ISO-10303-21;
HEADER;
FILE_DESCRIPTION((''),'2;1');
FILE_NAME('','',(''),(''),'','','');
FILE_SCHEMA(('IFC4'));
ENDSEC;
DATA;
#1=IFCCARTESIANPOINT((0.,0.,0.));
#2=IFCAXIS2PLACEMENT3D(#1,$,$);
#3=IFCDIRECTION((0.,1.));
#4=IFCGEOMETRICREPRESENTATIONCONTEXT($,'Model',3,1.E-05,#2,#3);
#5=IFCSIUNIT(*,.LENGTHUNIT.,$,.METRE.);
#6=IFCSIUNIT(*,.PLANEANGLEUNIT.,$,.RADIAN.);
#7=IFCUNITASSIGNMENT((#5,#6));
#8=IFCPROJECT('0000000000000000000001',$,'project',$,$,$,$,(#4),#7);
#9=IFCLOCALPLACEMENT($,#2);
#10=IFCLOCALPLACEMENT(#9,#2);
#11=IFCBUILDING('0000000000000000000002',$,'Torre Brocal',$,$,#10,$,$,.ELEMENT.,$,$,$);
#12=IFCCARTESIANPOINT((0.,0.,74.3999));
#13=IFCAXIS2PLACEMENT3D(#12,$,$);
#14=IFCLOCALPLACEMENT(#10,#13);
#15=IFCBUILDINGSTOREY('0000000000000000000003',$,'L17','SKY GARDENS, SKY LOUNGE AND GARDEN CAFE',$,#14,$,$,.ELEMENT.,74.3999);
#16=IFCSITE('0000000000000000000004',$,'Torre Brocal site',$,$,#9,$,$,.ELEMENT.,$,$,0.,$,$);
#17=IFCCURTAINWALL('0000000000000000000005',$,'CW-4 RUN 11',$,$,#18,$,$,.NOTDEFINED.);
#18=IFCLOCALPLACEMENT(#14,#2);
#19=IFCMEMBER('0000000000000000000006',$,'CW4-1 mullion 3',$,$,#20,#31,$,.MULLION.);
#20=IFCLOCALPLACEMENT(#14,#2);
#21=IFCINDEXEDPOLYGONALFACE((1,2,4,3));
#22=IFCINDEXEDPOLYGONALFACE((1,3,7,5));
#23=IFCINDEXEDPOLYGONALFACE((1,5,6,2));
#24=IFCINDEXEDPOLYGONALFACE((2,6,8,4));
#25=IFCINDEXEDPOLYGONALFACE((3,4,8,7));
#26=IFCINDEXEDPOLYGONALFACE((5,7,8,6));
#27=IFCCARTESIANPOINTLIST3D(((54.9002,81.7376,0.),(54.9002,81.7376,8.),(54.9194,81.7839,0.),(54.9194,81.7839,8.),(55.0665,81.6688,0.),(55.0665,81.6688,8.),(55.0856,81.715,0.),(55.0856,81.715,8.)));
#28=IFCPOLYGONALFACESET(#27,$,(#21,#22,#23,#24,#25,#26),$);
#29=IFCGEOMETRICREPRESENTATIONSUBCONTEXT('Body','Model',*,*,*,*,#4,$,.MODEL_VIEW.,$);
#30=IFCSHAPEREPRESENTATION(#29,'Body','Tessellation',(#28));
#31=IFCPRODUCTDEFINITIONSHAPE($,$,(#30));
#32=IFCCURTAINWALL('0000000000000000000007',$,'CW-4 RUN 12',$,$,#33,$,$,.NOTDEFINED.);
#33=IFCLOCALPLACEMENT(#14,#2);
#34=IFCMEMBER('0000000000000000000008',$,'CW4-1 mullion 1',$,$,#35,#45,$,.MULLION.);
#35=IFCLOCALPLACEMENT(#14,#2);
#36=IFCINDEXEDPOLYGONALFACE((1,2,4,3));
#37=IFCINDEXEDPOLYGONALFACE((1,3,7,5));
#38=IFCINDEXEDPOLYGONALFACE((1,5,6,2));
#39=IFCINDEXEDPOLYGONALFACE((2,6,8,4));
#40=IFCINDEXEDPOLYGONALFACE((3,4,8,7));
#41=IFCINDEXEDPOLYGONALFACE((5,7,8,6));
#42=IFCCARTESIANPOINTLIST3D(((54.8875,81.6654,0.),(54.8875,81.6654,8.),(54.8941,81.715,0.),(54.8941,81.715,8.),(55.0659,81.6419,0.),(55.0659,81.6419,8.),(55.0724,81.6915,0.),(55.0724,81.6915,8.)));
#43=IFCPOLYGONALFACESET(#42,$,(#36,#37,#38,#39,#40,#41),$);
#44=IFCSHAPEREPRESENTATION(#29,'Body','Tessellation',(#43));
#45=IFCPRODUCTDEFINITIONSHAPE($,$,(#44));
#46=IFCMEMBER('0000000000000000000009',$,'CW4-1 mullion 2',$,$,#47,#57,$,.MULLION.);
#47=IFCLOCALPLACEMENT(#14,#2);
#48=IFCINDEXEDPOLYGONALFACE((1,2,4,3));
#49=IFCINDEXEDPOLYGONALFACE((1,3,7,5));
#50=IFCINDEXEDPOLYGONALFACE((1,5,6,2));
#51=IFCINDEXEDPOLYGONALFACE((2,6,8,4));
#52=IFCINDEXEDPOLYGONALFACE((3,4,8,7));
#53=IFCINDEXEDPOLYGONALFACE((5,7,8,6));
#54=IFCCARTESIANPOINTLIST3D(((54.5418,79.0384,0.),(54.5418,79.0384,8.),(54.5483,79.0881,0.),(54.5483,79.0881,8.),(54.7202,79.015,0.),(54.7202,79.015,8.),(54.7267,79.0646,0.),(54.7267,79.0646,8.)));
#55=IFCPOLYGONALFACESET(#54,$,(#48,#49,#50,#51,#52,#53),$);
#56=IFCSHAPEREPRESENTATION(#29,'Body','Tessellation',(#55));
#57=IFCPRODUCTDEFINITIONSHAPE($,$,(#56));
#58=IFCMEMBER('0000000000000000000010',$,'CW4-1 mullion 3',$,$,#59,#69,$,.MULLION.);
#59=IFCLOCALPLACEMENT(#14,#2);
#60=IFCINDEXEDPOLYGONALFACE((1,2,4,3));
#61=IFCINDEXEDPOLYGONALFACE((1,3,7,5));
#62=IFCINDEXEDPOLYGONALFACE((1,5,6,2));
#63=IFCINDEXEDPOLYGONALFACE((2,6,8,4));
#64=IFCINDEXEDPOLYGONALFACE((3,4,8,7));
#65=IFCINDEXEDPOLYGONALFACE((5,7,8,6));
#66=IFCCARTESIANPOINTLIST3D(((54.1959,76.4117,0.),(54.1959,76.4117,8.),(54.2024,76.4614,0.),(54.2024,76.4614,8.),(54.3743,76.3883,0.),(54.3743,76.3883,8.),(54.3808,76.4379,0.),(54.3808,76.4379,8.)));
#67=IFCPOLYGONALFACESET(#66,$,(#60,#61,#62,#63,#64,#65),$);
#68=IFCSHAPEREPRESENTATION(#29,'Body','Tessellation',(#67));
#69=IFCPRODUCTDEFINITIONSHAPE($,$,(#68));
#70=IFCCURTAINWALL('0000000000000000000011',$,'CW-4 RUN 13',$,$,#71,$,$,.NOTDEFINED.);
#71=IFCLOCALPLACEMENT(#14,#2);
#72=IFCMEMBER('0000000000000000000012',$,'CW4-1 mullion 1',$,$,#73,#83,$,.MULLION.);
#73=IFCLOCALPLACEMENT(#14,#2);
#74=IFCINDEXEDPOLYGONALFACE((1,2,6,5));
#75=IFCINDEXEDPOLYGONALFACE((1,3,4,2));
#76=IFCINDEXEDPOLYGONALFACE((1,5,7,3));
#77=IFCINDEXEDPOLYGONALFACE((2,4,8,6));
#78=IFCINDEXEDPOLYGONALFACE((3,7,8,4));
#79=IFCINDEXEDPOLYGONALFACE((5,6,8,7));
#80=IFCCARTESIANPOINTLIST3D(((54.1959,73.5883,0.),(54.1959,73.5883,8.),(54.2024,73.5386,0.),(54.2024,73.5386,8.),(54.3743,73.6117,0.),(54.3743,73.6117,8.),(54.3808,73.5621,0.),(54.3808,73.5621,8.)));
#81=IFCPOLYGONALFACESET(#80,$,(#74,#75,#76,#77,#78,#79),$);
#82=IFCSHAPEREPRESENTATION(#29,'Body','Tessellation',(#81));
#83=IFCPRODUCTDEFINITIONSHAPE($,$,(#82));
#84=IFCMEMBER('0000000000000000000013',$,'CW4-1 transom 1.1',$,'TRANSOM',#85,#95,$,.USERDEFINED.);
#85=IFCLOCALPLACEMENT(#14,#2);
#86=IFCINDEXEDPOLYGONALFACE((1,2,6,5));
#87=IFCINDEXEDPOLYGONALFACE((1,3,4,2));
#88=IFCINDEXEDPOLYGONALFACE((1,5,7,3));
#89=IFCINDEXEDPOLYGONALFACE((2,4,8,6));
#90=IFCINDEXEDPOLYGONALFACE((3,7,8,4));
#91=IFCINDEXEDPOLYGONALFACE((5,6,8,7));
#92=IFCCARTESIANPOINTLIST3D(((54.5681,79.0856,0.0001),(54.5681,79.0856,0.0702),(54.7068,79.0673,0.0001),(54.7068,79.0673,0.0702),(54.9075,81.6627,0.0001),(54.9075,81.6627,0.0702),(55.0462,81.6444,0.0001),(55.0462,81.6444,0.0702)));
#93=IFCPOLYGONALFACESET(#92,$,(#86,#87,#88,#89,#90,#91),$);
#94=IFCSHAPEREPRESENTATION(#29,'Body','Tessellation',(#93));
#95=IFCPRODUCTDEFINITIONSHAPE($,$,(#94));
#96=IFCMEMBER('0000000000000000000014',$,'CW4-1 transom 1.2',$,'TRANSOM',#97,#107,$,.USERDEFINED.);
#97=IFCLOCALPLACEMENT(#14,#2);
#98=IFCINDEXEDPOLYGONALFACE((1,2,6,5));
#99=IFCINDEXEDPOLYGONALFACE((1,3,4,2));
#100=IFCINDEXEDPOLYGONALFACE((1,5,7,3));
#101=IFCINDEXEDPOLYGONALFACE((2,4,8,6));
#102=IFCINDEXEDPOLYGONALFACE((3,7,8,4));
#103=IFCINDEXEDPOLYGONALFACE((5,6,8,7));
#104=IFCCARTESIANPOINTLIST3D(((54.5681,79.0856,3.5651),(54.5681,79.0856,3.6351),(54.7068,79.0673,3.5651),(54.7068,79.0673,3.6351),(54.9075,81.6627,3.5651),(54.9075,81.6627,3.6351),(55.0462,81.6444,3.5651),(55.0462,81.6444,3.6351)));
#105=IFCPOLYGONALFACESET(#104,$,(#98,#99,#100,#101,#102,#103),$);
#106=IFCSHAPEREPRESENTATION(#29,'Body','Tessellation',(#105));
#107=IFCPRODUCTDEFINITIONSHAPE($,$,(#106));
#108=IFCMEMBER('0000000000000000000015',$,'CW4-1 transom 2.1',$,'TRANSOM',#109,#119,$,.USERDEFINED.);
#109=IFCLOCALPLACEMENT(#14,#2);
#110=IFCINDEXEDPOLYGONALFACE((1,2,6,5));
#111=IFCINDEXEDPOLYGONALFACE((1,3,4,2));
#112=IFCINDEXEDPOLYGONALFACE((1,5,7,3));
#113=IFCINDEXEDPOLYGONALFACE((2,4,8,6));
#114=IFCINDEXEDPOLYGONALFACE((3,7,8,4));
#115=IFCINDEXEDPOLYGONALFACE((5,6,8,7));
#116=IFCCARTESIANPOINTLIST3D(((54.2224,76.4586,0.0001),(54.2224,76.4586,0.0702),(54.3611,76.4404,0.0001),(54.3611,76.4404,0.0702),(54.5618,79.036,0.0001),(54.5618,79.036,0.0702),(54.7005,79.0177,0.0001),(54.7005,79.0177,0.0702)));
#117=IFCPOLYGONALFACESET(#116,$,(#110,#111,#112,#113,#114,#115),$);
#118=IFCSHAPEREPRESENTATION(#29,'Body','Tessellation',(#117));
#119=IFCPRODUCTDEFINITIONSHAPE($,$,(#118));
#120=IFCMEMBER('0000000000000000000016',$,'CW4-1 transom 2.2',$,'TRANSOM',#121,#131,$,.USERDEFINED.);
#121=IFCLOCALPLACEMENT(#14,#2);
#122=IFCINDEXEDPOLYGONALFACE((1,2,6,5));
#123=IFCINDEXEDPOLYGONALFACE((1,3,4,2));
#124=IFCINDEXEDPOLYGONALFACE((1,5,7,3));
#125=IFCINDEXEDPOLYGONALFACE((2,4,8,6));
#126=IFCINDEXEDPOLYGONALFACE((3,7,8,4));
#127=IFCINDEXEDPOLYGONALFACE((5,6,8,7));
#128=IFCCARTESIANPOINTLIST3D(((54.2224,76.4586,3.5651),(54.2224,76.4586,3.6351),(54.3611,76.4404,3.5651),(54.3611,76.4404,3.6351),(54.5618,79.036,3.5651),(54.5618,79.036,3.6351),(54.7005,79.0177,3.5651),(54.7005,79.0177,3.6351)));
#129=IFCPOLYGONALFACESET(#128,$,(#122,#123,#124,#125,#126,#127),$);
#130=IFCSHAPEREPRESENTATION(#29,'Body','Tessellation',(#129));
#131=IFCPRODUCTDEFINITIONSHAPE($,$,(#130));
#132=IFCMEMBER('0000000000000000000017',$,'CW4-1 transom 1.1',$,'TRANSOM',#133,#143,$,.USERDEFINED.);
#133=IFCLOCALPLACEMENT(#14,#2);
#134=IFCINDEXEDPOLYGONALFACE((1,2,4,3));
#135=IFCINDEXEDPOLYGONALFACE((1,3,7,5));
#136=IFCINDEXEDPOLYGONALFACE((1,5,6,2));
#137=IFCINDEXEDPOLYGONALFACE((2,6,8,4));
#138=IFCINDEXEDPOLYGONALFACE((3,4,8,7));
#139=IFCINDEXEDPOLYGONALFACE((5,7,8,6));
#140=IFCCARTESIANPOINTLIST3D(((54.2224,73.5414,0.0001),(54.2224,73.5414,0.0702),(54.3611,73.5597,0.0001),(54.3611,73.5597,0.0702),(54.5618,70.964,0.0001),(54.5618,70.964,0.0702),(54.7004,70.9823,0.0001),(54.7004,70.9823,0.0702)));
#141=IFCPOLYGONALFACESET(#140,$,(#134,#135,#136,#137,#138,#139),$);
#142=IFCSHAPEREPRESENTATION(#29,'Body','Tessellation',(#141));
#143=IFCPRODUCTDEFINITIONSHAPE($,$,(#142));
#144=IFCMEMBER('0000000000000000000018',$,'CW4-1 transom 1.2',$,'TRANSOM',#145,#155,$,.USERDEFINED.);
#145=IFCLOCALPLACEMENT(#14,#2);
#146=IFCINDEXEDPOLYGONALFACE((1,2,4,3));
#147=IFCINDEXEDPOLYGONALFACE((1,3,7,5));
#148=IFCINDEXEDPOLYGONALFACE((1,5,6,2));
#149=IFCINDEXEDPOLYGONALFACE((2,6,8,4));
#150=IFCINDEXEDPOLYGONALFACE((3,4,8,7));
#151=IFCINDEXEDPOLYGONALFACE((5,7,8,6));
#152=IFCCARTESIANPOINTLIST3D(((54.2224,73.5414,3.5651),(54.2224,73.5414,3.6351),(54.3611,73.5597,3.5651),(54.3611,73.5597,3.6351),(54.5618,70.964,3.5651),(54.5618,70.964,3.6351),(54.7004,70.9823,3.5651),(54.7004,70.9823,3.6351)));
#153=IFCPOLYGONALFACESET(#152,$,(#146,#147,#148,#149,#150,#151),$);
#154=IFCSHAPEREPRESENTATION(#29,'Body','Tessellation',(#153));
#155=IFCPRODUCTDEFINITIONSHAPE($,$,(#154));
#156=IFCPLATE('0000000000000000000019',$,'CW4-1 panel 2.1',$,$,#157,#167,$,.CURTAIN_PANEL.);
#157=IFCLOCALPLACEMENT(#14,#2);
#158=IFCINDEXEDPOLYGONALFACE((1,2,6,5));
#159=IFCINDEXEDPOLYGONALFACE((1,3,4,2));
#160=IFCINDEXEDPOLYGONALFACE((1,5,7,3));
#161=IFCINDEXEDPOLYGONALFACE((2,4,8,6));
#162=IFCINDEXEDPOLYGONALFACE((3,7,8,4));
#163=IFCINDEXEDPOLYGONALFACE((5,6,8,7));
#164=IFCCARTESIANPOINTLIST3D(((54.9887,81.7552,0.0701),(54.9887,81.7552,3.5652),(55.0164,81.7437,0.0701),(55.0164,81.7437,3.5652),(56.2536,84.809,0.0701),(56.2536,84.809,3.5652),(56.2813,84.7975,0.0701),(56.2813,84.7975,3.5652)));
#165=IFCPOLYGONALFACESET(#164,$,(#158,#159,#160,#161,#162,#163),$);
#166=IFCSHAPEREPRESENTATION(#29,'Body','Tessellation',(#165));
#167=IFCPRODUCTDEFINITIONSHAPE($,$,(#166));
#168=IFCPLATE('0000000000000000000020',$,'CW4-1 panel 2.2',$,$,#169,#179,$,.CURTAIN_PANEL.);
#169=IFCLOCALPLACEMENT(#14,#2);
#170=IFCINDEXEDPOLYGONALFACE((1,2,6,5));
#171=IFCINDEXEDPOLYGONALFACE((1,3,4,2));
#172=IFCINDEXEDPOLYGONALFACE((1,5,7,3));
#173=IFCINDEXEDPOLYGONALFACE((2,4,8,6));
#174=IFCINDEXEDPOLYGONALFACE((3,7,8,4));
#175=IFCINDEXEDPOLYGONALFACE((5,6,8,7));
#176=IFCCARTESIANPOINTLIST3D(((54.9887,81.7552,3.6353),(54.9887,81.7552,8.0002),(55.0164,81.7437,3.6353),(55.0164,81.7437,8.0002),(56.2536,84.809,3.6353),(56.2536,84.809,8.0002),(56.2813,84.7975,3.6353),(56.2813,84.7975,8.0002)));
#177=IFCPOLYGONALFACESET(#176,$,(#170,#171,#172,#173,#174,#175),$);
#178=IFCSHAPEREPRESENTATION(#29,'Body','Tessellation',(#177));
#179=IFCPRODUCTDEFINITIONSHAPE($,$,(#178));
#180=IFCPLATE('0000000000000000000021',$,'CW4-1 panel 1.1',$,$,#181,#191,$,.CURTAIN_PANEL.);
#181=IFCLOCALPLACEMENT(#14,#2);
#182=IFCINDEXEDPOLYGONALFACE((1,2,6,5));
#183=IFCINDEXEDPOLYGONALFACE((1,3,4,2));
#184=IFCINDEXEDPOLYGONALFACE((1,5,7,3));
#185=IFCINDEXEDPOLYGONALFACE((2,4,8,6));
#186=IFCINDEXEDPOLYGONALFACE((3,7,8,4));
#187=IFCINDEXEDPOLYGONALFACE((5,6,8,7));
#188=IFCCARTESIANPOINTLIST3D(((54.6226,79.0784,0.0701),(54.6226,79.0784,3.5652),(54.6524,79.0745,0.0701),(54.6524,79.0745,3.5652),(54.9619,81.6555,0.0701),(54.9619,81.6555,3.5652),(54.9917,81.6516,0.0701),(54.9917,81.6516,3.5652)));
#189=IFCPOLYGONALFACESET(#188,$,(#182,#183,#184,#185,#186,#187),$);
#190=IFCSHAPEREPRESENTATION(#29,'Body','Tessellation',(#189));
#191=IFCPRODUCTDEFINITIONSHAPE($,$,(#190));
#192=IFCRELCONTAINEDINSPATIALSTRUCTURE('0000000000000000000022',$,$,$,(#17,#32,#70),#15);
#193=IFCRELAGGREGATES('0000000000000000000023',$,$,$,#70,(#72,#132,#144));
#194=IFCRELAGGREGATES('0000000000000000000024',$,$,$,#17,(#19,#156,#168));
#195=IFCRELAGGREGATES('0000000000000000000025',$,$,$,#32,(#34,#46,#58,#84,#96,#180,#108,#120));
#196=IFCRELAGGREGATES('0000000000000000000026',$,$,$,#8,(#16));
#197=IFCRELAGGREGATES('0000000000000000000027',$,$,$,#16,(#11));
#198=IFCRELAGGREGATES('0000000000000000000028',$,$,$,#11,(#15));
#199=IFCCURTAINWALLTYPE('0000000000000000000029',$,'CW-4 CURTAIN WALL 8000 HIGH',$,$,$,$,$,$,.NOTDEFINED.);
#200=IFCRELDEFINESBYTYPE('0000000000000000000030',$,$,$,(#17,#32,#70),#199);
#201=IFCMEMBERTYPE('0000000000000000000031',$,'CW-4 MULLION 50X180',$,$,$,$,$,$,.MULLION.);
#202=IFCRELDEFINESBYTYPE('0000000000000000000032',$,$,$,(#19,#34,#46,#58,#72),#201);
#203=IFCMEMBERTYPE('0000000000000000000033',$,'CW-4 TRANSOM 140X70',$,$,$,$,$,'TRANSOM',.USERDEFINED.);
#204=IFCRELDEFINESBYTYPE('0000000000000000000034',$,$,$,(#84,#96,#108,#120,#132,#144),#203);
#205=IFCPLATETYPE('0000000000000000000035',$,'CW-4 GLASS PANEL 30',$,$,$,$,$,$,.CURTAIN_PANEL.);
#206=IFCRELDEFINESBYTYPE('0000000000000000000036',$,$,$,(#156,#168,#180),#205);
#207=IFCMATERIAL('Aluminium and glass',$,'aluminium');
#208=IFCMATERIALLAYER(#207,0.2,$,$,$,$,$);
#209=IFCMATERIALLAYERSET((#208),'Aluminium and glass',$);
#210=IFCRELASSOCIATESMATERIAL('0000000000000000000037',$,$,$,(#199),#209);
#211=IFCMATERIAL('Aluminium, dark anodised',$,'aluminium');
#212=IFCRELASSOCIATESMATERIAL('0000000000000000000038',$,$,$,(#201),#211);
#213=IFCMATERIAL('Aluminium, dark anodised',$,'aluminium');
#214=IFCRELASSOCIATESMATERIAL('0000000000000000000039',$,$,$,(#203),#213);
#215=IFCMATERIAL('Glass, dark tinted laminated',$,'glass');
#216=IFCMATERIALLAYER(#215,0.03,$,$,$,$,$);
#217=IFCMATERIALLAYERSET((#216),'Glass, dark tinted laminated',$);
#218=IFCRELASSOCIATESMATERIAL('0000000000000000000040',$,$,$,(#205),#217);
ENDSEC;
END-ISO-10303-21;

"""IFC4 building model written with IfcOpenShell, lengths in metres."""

from ifc_helpers import new_model, si_unit, direction, frame, origin, origin_2d, place, context, subcontext, project, spatial, rectangle, extrude, material, layer, layer_set, material_profile, profile_set, type_object, element, aggregate, save


model = new_model("IFC4")

# Units and contexts
model_context = context("Model", 3, precision=1e-05, world=origin(), true_north=direction((0.0, 1.0)))
body_context = subcontext(model_context, "Body", "Model", "MODEL_VIEW")
ifc_project = project(units=[si_unit("LENGTHUNIT", "METRE"), si_unit("PLANEANGLEUNIT", "RADIAN")], contexts=[model_context])

# Site, building, storey
site_placement = place(None, origin())
site = spatial("IfcSite", under=ifc_project, at=site_placement, Name="Torre Brocal site", CompositionType="ELEMENT", RefElevation=0.0)
building_placement = place(site_placement, origin())
building = spatial("IfcBuilding", under=site, at=building_placement, Name="Torre Brocal", CompositionType="ELEMENT")
storey_placement = place(building_placement, frame((0.0, 0.0, 74.3999)))
storey = spatial("IfcBuildingStorey", under=building, at=storey_placement, Name="L17", Description="SKY GARDENS, SKY LOUNGE AND GARDEN CAFE", CompositionType="ELEMENT", Elevation=74.3999)

# Curtain wall, member
ifc_material_1 = material(Name="Aluminium and glass", Category="aluminium")
ifc_layer_1 = layer(ifc_material_1, 0.2)
ifc_layer_set_1 = layer_set([ifc_layer_1], Name="Aluminium and glass")
curtain_wall_type = type_object("IfcCurtainWallType", Name="CW-4 CURTAIN WALL 8000 HIGH", PredefinedType="NOTDEFINED", material=ifc_layer_set_1)
curtain_wall_1_placement = place(storey_placement, origin())
curtain_wall_1 = element("IfcCurtainWall", 1, at=curtain_wall_1_placement, inside=storey, type_object=curtain_wall_type, Name="CW-4 RUN 11", PredefinedType="NOTDEFINED")
ifc_material_2 = material(Name="Aluminium, dark anodised", Category="aluminium")
ifc_material_profile_1 = material_profile(ifc_material_2, rectangle(XDim=0.1799, YDim=0.05, at=origin_2d()), Name="CW-4 MULLION 50X180")
ifc_profile_set_1 = profile_set([ifc_material_profile_1], Name="Aluminium, dark anodised")
member_type_1 = type_object("IfcMemberType", Name="CW-4 MULLION 50X180", PredefinedType="MULLION", material=ifc_profile_set_1)
member_1_placement = place(storey_placement, frame((54.9929, 81.7263, 0.0), z_axis=(0.0, 0.0, 1.0), x_axis=(0.92388, -0.382683, 0.0)))
member_1 = element("IfcMember", 2, at=member_1_placement, type_object=member_type_1, Name="CW4-1 mullion 3", PredefinedType="MULLION", context=body_context, shape_type="SweptSolid", body=[
    extrude(rectangle(XDim=0.1799, YDim=0.05, at=origin_2d()), origin(), (0.0, 0.0, 1.0), 8.0),
])

# Curtain wall, members
curtain_wall_2_placement = place(storey_placement, origin())
curtain_wall_2 = element("IfcCurtainWall", 3, at=curtain_wall_2_placement, inside=storey, type_object=curtain_wall_type, Name="CW-4 RUN 12", PredefinedType="NOTDEFINED")
member_2_placement = place(storey_placement, frame((54.98, 81.6785, 0.0), z_axis=(0.0, 0.0, 1.0), x_axis=(0.991445, -0.130526, 0.0)))
member_2 = element("IfcMember", 4, at=member_2_placement, type_object=member_type_1, Name="CW4-1 mullion 1", PredefinedType="MULLION", context=body_context, shape_type="SweptSolid", body=[
    extrude(rectangle(XDim=0.1799, YDim=0.05, at=origin_2d()), origin(), (0.0, 0.0, 1.0), 8.0),
])
member_3_placement = place(storey_placement, frame((54.6343, 79.0515, 0.0), z_axis=(0.0, 0.0, 1.0), x_axis=(0.991445, -0.130526, 0.0)))
member_3 = element("IfcMember", 5, at=member_3_placement, type_object=member_type_1, Name="CW4-1 mullion 2", PredefinedType="MULLION", context=body_context, shape_type="SweptSolid", body=[
    extrude(rectangle(XDim=0.1799, YDim=0.05, at=origin_2d()), origin(), (0.0, 0.0, 1.0), 8.0),
])
member_4_placement = place(storey_placement, frame((54.2883, 76.4248, 0.0), z_axis=(0.0, 0.0, 1.0), x_axis=(0.991445, -0.130526, 0.0)))
member_4 = element("IfcMember", 6, at=member_4_placement, type_object=member_type_1, Name="CW4-1 mullion 3", PredefinedType="MULLION", context=body_context, shape_type="SweptSolid", body=[
    extrude(rectangle(XDim=0.1799, YDim=0.05, at=origin_2d()), origin(), (0.0, 0.0, 1.0), 8.0),
])

# Curtain wall, member
curtain_wall_3_placement = place(storey_placement, origin())
curtain_wall_3 = element("IfcCurtainWall", 7, at=curtain_wall_3_placement, inside=storey, type_object=curtain_wall_type, Name="CW-4 RUN 13", PredefinedType="NOTDEFINED")
member_5_placement = place(storey_placement, frame((54.2883, 73.5752, 0.0), z_axis=(0.0, 0.0, 1.0), x_axis=(0.991445, 0.130526, 0.0)))
member_5 = element("IfcMember", 8, at=member_5_placement, type_object=member_type_1, Name="CW4-1 mullion 1", PredefinedType="MULLION", context=body_context, shape_type="SweptSolid", body=[
    extrude(rectangle(XDim=0.1799, YDim=0.05, at=origin_2d()), origin(), (0.0, 0.0, 1.0), 8.0),
])

# Members
ifc_material_3 = material(Name="Aluminium, dark anodised", Category="aluminium")
ifc_material_profile_2 = material_profile(ifc_material_3, rectangle(XDim=0.1399, YDim=0.0701, at=origin_2d()), Name="CW-4 TRANSOM 140X70")
ifc_profile_set_2 = profile_set([ifc_material_profile_2], Name="Aluminium, dark anodised")
member_type_2 = type_object("IfcMemberType", Name="CW-4 TRANSOM 140X70", ElementType="TRANSOM", PredefinedType="USERDEFINED", material=ifc_profile_set_2)
member_6_placement = place(storey_placement, frame((54.9768, 81.6536, 0.0352), z_axis=(-0.130552, -0.991442, 0.0), x_axis=(0.991442, -0.130552, 0.0)))
member_6 = element("IfcMember", 9, at=member_6_placement, type_object=member_type_2, Name="CW4-1 transom 1.1", ObjectType="TRANSOM", PredefinedType="USERDEFINED", context=body_context, shape_type="SweptSolid", body=[
    extrude(rectangle(XDim=0.1399, YDim=0.0701, at=origin_2d()), origin(), (0.0, 0.0, 1.0), 2.5994),
])
member_7_placement = place(storey_placement, frame((54.9768, 81.6536, 3.6001), z_axis=(-0.130552, -0.991442, 0.0), x_axis=(0.991442, -0.130552, 0.0)))
member_7 = element("IfcMember", 10, at=member_7_placement, type_object=member_type_2, Name="CW4-1 transom 1.2", ObjectType="TRANSOM", PredefinedType="USERDEFINED", context=body_context, shape_type="SweptSolid", body=[
    extrude(rectangle(XDim=0.1399, YDim=0.0701, at=origin_2d()), origin(), (0.0, 0.0, 1.0), 2.5994),
])
member_8_placement = place(storey_placement, frame((54.6311, 79.0269, 0.0352), z_axis=(-0.13054, -0.991443, 0.0), x_axis=(0.991443, -0.13054, 0.0)))
member_8 = element("IfcMember", 11, at=member_8_placement, type_object=member_type_2, Name="CW4-1 transom 2.1", ObjectType="TRANSOM", PredefinedType="USERDEFINED", context=body_context, shape_type="SweptSolid", body=[
    extrude(rectangle(XDim=0.1399, YDim=0.0701, at=origin_2d()), origin(), (0.0, 0.0, 1.0), 2.5996),
])
member_9_placement = place(storey_placement, frame((54.6311, 79.0269, 3.6001), z_axis=(-0.13054, -0.991443, 0.0), x_axis=(0.991443, -0.13054, 0.0)))
member_9 = element("IfcMember", 12, at=member_9_placement, type_object=member_type_2, Name="CW4-1 transom 2.2", ObjectType="TRANSOM", PredefinedType="USERDEFINED", context=body_context, shape_type="SweptSolid", body=[
    extrude(rectangle(XDim=0.1399, YDim=0.0701, at=origin_2d()), origin(), (0.0, 0.0, 1.0), 2.5996),
])
member_10_placement = place(storey_placement, frame((54.2917, 73.5505, 0.0352), z_axis=(0.13054, -0.991443, 0.0), x_axis=(0.991443, 0.13054, 0.0)))
member_10 = element("IfcMember", 13, at=member_10_placement, type_object=member_type_2, Name="CW4-1 transom 1.1", ObjectType="TRANSOM", PredefinedType="USERDEFINED", context=body_context, shape_type="SweptSolid", body=[
    extrude(rectangle(XDim=0.1399, YDim=0.0701, at=origin_2d()), origin(), (0.0, 0.0, 1.0), 2.5996),
])
member_11_placement = place(storey_placement, frame((54.2917, 73.5505, 3.6001), z_axis=(0.13054, -0.991443, 0.0), x_axis=(0.991443, 0.13054, 0.0)))
member_11 = element("IfcMember", 14, at=member_11_placement, type_object=member_type_2, Name="CW4-1 transom 1.2", ObjectType="TRANSOM", PredefinedType="USERDEFINED", context=body_context, shape_type="SweptSolid", body=[
    extrude(rectangle(XDim=0.1399, YDim=0.0701, at=origin_2d()), origin(), (0.0, 0.0, 1.0), 2.5996),
])
aggregate(curtain_wall_3, [member_5, member_10, member_11])

# Plates
ifc_material_4 = material(Name="Glass, dark tinted laminated", Category="glass")
ifc_layer_2 = layer(ifc_material_4, 0.03)
ifc_layer_set_2 = layer_set([ifc_layer_2], Name="Glass, dark tinted laminated")
plate_type = type_object("IfcPlateType", Name="CW-4 GLASS PANEL 30", PredefinedType="CURTAIN_PANEL", material=ifc_layer_set_2)
plate_1_placement = place(storey_placement, frame((55.635, 83.2764, 0.0701), z_axis=(0.0, 0.0, 1.0), x_axis=(-0.382683, -0.92388, 0.0)))
plate_1 = element("IfcPlate", 15, at=plate_1_placement, type_object=plate_type, Name="CW4-1 panel 2.1", PredefinedType="CURTAIN_PANEL", context=body_context, shape_type="SweptSolid", body=[
    extrude(rectangle(XDim=3.3054, YDim=0.03, at=origin_2d()), origin(), (0.0, 0.0, 1.0), 3.4951),
])
plate_2_placement = place(storey_placement, frame((55.635, 83.2764, 3.6353), z_axis=(0.0, 0.0, 1.0), x_axis=(-0.382683, -0.92388, 0.0)))
plate_2 = element("IfcPlate", 16, at=plate_2_placement, type_object=plate_type, Name="CW4-1 panel 2.2", PredefinedType="CURTAIN_PANEL", context=body_context, shape_type="SweptSolid", body=[
    extrude(rectangle(XDim=3.3054, YDim=0.03, at=origin_2d()), origin(), (0.0, 0.0, 1.0), 4.365),
])
aggregate(curtain_wall_1, [member_1, plate_1, plate_2])
plate_3_placement = place(storey_placement, frame((54.8071, 80.365, 0.0701), z_axis=(0.0, 0.0, 1.0), x_axis=(-0.130526, -0.991445, 0.0)))
plate_3 = element("IfcPlate", 17, at=plate_3_placement, type_object=plate_type, Name="CW4-1 panel 1.1", PredefinedType="CURTAIN_PANEL", context=body_context, shape_type="SweptSolid", body=[
    extrude(rectangle(XDim=2.5994, YDim=0.03, at=origin_2d()), origin(), (0.0, 0.0, 1.0), 3.4951),
])
aggregate(curtain_wall_2, [member_2, member_3, member_4, member_6, member_7, plate_3, member_8, member_9])

save(model, "model.ifc")
